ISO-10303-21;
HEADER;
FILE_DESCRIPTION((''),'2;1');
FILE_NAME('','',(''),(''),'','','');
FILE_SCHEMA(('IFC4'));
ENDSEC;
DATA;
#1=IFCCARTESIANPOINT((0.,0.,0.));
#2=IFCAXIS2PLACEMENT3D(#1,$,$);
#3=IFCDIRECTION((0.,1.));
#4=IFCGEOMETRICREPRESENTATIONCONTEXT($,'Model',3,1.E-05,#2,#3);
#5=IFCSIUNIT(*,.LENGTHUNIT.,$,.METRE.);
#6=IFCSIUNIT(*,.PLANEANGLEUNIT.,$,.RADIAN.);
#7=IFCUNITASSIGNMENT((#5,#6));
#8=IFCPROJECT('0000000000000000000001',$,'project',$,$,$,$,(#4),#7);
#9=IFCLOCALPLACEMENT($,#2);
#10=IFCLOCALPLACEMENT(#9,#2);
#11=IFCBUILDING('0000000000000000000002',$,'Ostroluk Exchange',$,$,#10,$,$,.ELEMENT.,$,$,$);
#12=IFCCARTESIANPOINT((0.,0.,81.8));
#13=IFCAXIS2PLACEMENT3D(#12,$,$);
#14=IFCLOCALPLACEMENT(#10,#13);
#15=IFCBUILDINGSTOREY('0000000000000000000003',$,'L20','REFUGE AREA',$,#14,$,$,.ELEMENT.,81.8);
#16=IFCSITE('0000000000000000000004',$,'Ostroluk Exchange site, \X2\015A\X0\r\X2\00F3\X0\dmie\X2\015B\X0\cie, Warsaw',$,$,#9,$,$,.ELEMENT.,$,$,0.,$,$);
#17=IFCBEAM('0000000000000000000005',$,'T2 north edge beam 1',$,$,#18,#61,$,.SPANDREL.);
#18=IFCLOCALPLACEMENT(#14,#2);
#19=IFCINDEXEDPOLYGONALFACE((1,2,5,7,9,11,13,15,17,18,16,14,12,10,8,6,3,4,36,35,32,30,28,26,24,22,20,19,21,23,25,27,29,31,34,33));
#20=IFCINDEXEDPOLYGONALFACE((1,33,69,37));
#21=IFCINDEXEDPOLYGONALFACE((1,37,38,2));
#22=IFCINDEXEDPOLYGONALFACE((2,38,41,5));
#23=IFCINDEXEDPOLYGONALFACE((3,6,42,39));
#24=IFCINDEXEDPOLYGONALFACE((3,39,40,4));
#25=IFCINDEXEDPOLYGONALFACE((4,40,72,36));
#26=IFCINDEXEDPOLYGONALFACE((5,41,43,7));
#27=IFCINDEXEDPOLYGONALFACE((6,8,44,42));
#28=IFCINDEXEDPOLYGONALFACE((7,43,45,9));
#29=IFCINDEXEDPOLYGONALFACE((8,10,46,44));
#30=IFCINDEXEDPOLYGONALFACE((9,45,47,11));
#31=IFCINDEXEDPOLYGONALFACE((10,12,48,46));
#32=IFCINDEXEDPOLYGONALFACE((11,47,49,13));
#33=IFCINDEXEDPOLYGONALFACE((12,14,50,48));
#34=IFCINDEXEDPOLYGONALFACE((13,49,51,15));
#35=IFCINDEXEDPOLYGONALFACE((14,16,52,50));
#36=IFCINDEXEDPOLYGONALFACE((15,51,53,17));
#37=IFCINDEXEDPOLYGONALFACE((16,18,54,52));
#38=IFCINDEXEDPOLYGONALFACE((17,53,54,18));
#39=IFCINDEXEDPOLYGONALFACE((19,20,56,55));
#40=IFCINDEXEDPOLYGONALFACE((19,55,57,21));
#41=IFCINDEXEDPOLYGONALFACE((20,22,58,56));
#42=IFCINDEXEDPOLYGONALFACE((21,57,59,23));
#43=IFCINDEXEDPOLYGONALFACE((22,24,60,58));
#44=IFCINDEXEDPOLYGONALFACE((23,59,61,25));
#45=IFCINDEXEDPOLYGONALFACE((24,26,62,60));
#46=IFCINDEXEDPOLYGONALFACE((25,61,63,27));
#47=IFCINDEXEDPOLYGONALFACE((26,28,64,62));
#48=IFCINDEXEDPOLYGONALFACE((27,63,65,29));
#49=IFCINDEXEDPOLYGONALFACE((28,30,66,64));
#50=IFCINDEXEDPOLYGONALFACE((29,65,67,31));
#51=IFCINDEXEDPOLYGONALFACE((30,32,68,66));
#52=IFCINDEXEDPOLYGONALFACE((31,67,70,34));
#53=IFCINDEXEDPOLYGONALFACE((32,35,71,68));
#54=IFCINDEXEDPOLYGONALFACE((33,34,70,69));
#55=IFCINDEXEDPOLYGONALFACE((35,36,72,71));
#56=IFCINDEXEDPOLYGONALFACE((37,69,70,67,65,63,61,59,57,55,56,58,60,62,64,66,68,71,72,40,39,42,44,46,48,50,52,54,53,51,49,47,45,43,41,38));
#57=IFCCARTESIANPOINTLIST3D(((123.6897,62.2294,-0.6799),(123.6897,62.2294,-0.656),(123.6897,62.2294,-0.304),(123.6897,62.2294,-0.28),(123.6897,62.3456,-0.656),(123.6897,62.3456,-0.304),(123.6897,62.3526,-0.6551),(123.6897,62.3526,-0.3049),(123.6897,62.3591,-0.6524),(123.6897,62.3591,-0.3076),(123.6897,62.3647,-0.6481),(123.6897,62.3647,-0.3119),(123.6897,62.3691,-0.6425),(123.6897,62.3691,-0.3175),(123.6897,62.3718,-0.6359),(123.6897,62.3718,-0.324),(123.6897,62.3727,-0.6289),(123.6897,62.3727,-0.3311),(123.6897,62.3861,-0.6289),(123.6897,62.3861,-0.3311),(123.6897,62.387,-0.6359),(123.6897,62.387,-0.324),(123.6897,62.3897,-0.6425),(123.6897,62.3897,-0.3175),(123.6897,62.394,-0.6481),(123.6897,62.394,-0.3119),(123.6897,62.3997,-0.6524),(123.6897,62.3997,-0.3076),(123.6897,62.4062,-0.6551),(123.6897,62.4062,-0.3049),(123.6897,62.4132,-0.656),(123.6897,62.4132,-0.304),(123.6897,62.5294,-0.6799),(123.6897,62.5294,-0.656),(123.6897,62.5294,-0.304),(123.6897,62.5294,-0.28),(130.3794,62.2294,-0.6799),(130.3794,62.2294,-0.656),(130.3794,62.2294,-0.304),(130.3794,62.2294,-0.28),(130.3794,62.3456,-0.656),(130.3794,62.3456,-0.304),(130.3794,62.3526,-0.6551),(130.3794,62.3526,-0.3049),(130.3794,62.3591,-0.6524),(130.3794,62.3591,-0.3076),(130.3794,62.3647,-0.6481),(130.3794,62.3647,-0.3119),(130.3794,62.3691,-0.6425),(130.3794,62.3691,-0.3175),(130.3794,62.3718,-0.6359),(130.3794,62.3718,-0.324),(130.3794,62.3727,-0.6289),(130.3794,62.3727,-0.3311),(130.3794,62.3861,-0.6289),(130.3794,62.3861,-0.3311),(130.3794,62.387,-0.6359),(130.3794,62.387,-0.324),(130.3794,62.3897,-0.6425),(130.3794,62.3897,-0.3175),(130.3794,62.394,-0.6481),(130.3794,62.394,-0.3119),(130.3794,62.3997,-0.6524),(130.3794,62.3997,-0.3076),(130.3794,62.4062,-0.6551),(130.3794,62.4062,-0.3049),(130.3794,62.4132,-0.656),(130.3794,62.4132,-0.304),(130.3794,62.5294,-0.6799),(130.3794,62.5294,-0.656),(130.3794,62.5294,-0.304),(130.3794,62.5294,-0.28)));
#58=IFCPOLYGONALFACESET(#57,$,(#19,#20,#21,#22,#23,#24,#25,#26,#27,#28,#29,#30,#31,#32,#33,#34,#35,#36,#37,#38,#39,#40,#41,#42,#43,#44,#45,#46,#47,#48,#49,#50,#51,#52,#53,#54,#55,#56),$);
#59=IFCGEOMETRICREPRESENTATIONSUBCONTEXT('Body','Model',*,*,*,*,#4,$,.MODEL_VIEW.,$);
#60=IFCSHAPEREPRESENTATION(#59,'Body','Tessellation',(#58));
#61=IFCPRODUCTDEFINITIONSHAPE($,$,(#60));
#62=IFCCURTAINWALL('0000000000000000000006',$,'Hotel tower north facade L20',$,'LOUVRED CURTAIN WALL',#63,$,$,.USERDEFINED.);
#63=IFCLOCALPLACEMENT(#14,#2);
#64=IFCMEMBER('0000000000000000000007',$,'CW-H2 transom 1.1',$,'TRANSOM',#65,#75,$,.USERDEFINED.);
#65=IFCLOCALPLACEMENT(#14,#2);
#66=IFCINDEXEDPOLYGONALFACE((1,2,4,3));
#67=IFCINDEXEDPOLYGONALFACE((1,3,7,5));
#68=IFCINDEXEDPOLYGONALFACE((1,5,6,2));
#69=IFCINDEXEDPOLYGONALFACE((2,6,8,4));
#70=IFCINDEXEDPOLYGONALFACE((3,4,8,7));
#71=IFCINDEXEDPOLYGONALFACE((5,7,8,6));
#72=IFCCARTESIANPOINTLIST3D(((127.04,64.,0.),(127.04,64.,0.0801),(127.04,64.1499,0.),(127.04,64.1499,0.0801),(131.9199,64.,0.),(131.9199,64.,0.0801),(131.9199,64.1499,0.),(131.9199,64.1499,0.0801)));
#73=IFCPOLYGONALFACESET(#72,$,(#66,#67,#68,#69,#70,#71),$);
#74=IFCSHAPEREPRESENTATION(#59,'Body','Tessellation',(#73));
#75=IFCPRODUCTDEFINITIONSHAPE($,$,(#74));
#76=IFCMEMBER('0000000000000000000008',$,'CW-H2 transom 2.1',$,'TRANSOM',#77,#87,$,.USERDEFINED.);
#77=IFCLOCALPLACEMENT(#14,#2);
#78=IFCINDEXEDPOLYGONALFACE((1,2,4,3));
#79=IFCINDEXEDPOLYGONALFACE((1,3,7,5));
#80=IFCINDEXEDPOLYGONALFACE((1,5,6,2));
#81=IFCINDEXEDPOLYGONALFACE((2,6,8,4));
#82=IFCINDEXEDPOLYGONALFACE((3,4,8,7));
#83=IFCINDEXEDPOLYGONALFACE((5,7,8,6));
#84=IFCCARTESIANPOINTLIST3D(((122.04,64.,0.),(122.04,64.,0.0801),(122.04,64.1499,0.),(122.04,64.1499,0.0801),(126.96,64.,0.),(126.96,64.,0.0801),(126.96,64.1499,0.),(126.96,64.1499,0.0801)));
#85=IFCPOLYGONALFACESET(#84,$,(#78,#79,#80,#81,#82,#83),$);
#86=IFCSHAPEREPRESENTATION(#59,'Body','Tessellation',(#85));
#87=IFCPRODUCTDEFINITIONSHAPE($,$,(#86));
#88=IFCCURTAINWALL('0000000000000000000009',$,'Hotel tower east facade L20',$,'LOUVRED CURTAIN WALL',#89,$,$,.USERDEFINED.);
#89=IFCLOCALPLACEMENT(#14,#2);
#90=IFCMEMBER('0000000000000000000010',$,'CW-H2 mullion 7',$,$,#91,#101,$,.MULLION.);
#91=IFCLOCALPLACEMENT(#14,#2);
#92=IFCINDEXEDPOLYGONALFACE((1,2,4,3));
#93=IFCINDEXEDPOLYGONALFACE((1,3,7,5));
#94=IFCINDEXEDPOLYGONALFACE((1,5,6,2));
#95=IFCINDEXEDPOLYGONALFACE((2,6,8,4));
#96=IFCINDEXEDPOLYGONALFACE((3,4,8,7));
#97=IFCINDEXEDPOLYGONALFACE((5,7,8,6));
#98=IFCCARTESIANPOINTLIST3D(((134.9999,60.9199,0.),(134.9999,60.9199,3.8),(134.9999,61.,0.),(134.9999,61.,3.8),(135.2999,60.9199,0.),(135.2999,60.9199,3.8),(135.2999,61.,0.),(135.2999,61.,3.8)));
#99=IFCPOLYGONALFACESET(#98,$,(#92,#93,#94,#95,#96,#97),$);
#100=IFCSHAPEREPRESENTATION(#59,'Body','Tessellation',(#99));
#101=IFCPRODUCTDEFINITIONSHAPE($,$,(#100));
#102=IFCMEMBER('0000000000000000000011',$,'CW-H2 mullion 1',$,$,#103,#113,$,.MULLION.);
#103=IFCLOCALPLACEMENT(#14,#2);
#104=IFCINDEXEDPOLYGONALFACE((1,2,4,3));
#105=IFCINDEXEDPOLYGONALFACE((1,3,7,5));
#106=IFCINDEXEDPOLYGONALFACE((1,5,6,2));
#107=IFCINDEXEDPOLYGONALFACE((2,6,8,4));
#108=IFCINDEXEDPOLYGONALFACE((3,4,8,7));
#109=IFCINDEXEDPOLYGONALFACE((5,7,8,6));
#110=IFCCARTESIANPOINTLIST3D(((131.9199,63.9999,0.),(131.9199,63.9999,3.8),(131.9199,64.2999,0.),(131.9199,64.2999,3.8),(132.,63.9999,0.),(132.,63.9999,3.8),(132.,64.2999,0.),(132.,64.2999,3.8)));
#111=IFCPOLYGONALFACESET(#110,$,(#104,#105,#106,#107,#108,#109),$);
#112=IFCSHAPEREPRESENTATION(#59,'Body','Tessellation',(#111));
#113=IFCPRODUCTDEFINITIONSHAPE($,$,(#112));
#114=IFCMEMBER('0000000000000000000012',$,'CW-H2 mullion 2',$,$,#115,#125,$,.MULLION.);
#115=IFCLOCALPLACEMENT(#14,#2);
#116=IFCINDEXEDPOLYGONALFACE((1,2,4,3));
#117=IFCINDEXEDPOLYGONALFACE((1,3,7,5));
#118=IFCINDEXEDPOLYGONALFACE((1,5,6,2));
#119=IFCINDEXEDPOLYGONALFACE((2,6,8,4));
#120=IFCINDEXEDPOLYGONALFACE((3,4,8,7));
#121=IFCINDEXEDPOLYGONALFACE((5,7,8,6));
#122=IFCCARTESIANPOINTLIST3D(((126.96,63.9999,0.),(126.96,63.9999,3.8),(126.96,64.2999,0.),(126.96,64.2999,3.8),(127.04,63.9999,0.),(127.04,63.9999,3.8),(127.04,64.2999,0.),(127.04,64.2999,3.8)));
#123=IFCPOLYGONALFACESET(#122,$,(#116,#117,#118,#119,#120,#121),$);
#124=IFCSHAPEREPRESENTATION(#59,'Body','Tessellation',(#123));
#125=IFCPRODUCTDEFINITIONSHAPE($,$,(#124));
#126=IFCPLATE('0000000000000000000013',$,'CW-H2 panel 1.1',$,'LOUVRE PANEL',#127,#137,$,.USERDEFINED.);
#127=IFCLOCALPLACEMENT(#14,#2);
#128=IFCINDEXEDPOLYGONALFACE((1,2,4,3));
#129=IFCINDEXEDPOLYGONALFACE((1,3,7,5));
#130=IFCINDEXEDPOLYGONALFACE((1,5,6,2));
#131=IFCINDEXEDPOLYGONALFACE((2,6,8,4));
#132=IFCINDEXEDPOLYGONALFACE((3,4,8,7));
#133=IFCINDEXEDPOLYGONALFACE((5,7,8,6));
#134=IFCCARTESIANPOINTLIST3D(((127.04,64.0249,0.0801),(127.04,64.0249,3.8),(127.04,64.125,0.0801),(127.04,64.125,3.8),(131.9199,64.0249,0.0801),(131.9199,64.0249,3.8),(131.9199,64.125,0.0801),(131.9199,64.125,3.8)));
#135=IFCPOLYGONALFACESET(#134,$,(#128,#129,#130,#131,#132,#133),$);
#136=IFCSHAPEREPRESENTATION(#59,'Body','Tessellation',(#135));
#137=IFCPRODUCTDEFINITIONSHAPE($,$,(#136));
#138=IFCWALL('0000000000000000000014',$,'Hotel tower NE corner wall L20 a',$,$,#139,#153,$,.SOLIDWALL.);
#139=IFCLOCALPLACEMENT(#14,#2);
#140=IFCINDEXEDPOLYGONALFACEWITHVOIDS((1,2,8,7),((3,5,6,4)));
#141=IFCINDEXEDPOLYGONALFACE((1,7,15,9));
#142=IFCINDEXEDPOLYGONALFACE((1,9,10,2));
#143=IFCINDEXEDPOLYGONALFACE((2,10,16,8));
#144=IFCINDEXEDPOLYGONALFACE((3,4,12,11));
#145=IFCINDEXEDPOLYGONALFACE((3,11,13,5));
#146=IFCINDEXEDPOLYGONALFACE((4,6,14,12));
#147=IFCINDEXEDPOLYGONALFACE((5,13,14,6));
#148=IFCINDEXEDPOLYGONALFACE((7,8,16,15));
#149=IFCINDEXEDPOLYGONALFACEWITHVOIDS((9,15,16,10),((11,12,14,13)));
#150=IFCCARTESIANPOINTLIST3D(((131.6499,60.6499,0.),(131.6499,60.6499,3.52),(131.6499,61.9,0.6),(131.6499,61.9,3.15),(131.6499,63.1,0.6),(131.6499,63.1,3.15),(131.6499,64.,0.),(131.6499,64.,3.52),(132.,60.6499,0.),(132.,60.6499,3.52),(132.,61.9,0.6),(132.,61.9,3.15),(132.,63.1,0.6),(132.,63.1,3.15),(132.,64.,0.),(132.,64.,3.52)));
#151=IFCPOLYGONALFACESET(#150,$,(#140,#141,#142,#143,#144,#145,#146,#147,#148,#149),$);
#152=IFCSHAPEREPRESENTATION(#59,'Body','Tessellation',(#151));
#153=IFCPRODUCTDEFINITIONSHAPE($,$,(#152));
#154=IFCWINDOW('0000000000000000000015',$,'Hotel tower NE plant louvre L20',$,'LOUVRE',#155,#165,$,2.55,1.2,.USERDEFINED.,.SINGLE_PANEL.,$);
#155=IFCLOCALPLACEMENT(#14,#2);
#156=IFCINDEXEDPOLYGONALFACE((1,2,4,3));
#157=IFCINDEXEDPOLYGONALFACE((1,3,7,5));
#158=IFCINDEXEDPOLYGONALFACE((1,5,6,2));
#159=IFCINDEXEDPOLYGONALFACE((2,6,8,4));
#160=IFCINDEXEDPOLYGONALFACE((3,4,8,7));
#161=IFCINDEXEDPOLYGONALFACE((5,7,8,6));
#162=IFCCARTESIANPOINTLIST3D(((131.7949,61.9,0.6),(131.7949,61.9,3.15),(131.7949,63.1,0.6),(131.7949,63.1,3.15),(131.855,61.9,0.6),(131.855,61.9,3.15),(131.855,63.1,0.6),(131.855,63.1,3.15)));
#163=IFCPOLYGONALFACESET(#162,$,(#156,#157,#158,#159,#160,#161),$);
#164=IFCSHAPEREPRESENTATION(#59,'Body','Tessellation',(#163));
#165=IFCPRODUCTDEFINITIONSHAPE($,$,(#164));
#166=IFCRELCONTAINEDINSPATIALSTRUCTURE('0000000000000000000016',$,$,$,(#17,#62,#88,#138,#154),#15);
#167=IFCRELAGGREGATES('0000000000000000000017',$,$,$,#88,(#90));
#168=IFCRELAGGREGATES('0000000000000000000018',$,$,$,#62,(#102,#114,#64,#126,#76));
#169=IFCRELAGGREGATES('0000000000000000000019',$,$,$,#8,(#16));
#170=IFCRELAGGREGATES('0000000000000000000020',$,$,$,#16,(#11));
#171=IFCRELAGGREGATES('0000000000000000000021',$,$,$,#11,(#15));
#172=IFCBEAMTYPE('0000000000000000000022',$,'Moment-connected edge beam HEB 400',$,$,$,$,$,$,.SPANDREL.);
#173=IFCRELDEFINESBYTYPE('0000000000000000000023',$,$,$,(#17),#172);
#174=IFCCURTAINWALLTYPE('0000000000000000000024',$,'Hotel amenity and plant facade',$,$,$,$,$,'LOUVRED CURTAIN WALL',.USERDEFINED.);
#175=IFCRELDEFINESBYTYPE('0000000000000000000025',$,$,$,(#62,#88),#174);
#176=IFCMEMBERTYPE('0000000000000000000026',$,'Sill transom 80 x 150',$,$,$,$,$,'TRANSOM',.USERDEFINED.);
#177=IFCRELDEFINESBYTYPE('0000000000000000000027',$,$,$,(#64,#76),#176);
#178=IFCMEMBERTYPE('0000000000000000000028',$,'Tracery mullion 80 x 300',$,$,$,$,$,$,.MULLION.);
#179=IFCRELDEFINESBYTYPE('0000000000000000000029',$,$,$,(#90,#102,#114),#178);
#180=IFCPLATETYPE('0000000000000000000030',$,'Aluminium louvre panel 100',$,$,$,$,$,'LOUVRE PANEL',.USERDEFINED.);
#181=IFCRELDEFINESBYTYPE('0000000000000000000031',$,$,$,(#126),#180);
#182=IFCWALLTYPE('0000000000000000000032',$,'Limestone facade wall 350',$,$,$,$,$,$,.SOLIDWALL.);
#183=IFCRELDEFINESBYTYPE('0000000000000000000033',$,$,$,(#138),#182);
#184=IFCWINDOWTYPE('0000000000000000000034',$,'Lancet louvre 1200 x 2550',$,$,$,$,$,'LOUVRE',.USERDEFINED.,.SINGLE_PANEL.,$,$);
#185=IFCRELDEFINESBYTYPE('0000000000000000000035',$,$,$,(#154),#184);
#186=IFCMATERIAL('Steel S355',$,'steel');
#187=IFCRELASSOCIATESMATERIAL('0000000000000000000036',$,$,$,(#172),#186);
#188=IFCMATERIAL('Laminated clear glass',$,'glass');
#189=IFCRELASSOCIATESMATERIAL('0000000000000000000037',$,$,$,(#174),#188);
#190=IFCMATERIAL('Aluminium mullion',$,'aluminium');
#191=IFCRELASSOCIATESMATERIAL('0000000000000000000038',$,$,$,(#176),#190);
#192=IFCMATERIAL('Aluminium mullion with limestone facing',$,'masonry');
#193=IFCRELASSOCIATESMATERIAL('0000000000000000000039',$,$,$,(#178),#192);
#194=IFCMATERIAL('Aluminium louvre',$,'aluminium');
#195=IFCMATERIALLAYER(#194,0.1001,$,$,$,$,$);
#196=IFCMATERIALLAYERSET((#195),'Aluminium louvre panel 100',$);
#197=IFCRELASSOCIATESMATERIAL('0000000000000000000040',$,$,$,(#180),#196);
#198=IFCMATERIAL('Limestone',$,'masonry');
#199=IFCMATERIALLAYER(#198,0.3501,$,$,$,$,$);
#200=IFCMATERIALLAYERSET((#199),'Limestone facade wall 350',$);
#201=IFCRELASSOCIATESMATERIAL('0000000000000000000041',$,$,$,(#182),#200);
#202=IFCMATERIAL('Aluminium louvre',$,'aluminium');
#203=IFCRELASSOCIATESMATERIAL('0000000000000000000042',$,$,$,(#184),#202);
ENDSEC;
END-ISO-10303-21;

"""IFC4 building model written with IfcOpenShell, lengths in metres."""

from ifc_helpers import new_model, si_unit, direction, frame, frame_2d, origin, origin_2d, place, context, subcontext, project, spatial, rectangle, i_section, extrude, material, layer, layer_set, material_profile, profile_set, type_object, element, fill, aggregate, save


model = new_model("IFC4")

# Units and contexts
model_context = context("Model", 3, precision=1e-05, world=origin(), true_north=direction((0.0, 1.0)))
body_context = subcontext(model_context, "Body", "Model", "MODEL_VIEW")
ifc_project = project(units=[si_unit("LENGTHUNIT", "METRE"), si_unit("PLANEANGLEUNIT", "RADIAN")], contexts=[model_context])

# Site, building, storey
site_placement = place(None, origin())
site = spatial("IfcSite", under=ifc_project, at=site_placement, Name="Ostroluk Exchange site, Śródmieście, Warsaw", CompositionType="ELEMENT", RefElevation=0.0)
building_placement = place(site_placement, origin())
building = spatial("IfcBuilding", under=site, at=building_placement, Name="Ostroluk Exchange", CompositionType="ELEMENT")
storey_placement = place(building_placement, frame((0.0, 0.0, 81.8)))
storey = spatial("IfcBuildingStorey", under=building, at=storey_placement, Name="L20", Description="REFUGE AREA", CompositionType="ELEMENT", Elevation=81.8)

# Beam
ifc_material_1 = material(Name="Steel S355", Category="steel")
ifc_material_profile_1 = material_profile(ifc_material_1, i_section(OverallWidth=0.3, OverallDepth=0.3999, WebThickness=0.0134, FlangeThickness=0.0239, FilletRadius=0.0271, at=origin_2d()), Name="HEB 400")
ifc_profile_set_1 = profile_set([ifc_material_profile_1], Name="Steel S355")
beam_type_1 = type_object("IfcBeamType", Name="Moment-connected edge beam HEB 400", PredefinedType="SPANDREL", material=ifc_profile_set_1)
beam_1_placement = place(storey_placement, frame((130.3794, 62.3794, -0.48), z_axis=(-1.0, 0.0, 0.0), x_axis=(0.0, -1.0, 0.0)))
element("IfcBeam", 1, at=beam_1_placement, inside=storey, type_object=beam_type_1, Name="T2 north edge beam 1", PredefinedType="SPANDREL", context=body_context, shape_type="SweptSolid", body=[
    extrude(i_section(OverallWidth=0.3, OverallDepth=0.3999, WebThickness=0.0134, FlangeThickness=0.0239, FilletRadius=0.0271, at=origin_2d()), origin(), (0.0, 0.0, 1.0), 6.6897),
])

# Curtain wall, members
ifc_material_2 = material(Name="Laminated clear glass", Category="glass")
curtain_wall_type = type_object("IfcCurtainWallType", Name="Hotel amenity and plant facade", ElementType="LOUVRED CURTAIN WALL", PredefinedType="USERDEFINED", material=ifc_material_2)
curtain_wall_1_placement = place(storey_placement, origin())
curtain_wall_1 = element("IfcCurtainWall", 2, at=curtain_wall_1_placement, inside=storey, type_object=curtain_wall_type, Name="Hotel tower north facade L20", ObjectType="LOUVRED CURTAIN WALL", PredefinedType="USERDEFINED")
ifc_material_3 = material(Name="Aluminium mullion", Category="aluminium")
ifc_material_profile_2 = material_profile(ifc_material_3, rectangle(XDim=0.1499, YDim=0.0801, at=origin_2d()), Name="Sill transom 80 x 150")
ifc_profile_set_2 = profile_set([ifc_material_profile_2], Name="Aluminium mullion")
member_type_1 = type_object("IfcMemberType", Name="Sill transom 80 x 150", ElementType="TRANSOM", PredefinedType="USERDEFINED", material=ifc_profile_set_2)
member_1_placement = place(storey_placement, frame((131.9199, 64.075, 0.04), z_axis=(-1.0, 0.0, 0.0), x_axis=(0.0, -1.0, 0.0)))
member_1 = element("IfcMember", 3, at=member_1_placement, type_object=member_type_1, Name="CW-H2 transom 1.1", ObjectType="TRANSOM", PredefinedType="USERDEFINED", context=body_context, shape_type="SweptSolid", body=[
    extrude(rectangle(XDim=0.1499, YDim=0.0801, at=origin_2d()), origin(), (0.0, 0.0, 1.0), 4.8799),
])
member_2_placement = place(storey_placement, frame((126.96, 64.075, 0.04), z_axis=(-1.0, 0.0, 0.0), x_axis=(0.0, -1.0, 0.0)))
member_2 = element("IfcMember", 4, at=member_2_placement, type_object=member_type_1, Name="CW-H2 transom 2.1", ObjectType="TRANSOM", PredefinedType="USERDEFINED", context=body_context, shape_type="SweptSolid", body=[
    extrude(rectangle(XDim=0.1499, YDim=0.0801, at=origin_2d()), origin(), (0.0, 0.0, 1.0), 4.9199),
])

# Curtain wall, member
curtain_wall_2_placement = place(storey_placement, origin())
curtain_wall_2 = element("IfcCurtainWall", 5, at=curtain_wall_2_placement, inside=storey, type_object=curtain_wall_type, Name="Hotel tower east facade L20", ObjectType="LOUVRED CURTAIN WALL", PredefinedType="USERDEFINED")
ifc_material_4 = material(Name="Aluminium mullion with limestone facing", Category="masonry")
ifc_material_profile_3 = material_profile(ifc_material_4, rectangle(XDim=0.3, YDim=0.0801, at=origin_2d()), Name="Tracery mullion 80 x 300")
ifc_profile_set_3 = profile_set([ifc_material_profile_3], Name="Aluminium mullion with limestone facing")
member_type_2 = type_object("IfcMemberType", Name="Tracery mullion 80 x 300", PredefinedType="MULLION", material=ifc_profile_set_3)
member_3_placement = place(storey_placement, frame((135.1499, 60.96, 0.0), z_axis=(0.0, 0.0, 1.0), x_axis=(-1.0, 0.0, 0.0)))
member_3 = element("IfcMember", 6, at=member_3_placement, type_object=member_type_2, Name="CW-H2 mullion 7", PredefinedType="MULLION", context=body_context, shape_type="SweptSolid", body=[
    extrude(rectangle(XDim=0.3, YDim=0.0801, at=origin_2d()), origin(), (0.0, 0.0, 1.0), 3.8),
])
aggregate(curtain_wall_2, [member_3])

# Members
member_4_placement = place(storey_placement, frame((131.96, 64.1499, 0.0), z_axis=(0.0, 0.0, 1.0), x_axis=(0.0, -1.0, 0.0)))
member_4 = element("IfcMember", 7, at=member_4_placement, type_object=member_type_2, Name="CW-H2 mullion 1", PredefinedType="MULLION", context=body_context, shape_type="SweptSolid", body=[
    extrude(rectangle(XDim=0.3, YDim=0.0801, at=origin_2d()), origin(), (0.0, 0.0, 1.0), 3.8),
])
member_5_placement = place(storey_placement, frame((127.0, 64.1499, 0.0), z_axis=(0.0, 0.0, 1.0), x_axis=(0.0, -1.0, 0.0)))
member_5 = element("IfcMember", 8, at=member_5_placement, type_object=member_type_2, Name="CW-H2 mullion 2", PredefinedType="MULLION", context=body_context, shape_type="SweptSolid", body=[
    extrude(rectangle(XDim=0.3, YDim=0.0801, at=origin_2d()), origin(), (0.0, 0.0, 1.0), 3.8),
])

# Plate
ifc_material_5 = material(Name="Aluminium louvre", Category="aluminium")
ifc_layer_1 = layer(ifc_material_5, 0.1001)
ifc_layer_set_1 = layer_set([ifc_layer_1], Name="Aluminium louvre panel 100")
plate_type = type_object("IfcPlateType", Name="Aluminium louvre panel 100", ElementType="LOUVRE PANEL", PredefinedType="USERDEFINED", material=ifc_layer_set_1)
plate_placement = place(storey_placement, frame((129.48, 64.075, 0.0801), z_axis=(0.0, 0.0, 1.0), x_axis=(-1.0, 0.0, 0.0)))
plate = element("IfcPlate", 9, at=plate_placement, type_object=plate_type, Name="CW-H2 panel 1.1", ObjectType="LOUVRE PANEL", PredefinedType="USERDEFINED", context=body_context, shape_type="SweptSolid", body=[
    extrude(rectangle(XDim=4.8799, YDim=0.1001, at=origin_2d()), origin(), (0.0, 0.0, 1.0), 3.72),
])
aggregate(curtain_wall_1, [member_4, member_5, member_1, plate, member_2])

# Wall, opening, window
ifc_material_6 = material(Name="Limestone", Category="masonry")
ifc_layer_2 = layer(ifc_material_6, 0.3501)
ifc_layer_set_2 = layer_set([ifc_layer_2], Name="Limestone facade wall 350")
wall_type = type_object("IfcWallType", Name="Limestone facade wall 350", PredefinedType="SOLIDWALL", material=ifc_layer_set_2)
wall_1_placement = place(storey_placement, frame((131.825, 64.0, 0.0), z_axis=(0.0, 0.0, 1.0), x_axis=(0.0, -1.0, 0.0)))
wall_1 = element("IfcWall", 10, at=wall_1_placement, inside=storey, type_object=wall_type, Name="Hotel tower NE corner wall L20 a", PredefinedType="SOLIDWALL", context=body_context, shape_type="SweptSolid", body=[
    extrude(rectangle(XDim=3.3501, YDim=0.3501, at=frame_2d((1.675, 0.0))), origin(), (0.0, 0.0, 1.0), 3.52),
])
opening_1_placement = place(wall_1_placement, frame((0.8999, 0.0, 0.6001)))
opening_1 = element("IfcOpeningElement", 11, at=opening_1_placement, cuts=wall_1, PredefinedType="OPENING", context=body_context, shape_type="SweptSolid", body=[
    extrude(rectangle(XDim=1.2, YDim=2.55, at=frame_2d((0.6001, 1.2749))), frame((0.0, 0.1851, 0.0), z_axis=(0.0, -1.0, 0.0), x_axis=(1.0, 0.0, 0.0)), (0.0, 0.0, 1.0), 0.3701),
])
ifc_material_7 = material(Name="Aluminium louvre", Category="aluminium")
window_type = type_object("IfcWindowType", Name="Lancet louvre 1200 x 2550", ElementType="LOUVRE", PartitioningType="SINGLE_PANEL", PredefinedType="USERDEFINED", material=ifc_material_7)
window_placement = place(opening_1_placement, origin())
window = element("IfcWindow", 12, at=window_placement, inside=storey, type_object=window_type, Name="Hotel tower NE plant louvre L20", ObjectType="LOUVRE", OverallHeight=2.55, OverallWidth=1.2, PartitioningType="SINGLE_PANEL", PredefinedType="USERDEFINED", context=body_context, shape_type="SweptSolid", body=[
    extrude(rectangle(XDim=1.2, YDim=2.55, at=frame_2d((0.6001, 1.2749))), frame((0.0, 0.03, 0.0), z_axis=(0.0, -1.0, 0.0), x_axis=(1.0, 0.0, 0.0)), (0.0, 0.0, 1.0), 0.0601),
])
fill(opening_1, window)

save(model, "model.ifc")
